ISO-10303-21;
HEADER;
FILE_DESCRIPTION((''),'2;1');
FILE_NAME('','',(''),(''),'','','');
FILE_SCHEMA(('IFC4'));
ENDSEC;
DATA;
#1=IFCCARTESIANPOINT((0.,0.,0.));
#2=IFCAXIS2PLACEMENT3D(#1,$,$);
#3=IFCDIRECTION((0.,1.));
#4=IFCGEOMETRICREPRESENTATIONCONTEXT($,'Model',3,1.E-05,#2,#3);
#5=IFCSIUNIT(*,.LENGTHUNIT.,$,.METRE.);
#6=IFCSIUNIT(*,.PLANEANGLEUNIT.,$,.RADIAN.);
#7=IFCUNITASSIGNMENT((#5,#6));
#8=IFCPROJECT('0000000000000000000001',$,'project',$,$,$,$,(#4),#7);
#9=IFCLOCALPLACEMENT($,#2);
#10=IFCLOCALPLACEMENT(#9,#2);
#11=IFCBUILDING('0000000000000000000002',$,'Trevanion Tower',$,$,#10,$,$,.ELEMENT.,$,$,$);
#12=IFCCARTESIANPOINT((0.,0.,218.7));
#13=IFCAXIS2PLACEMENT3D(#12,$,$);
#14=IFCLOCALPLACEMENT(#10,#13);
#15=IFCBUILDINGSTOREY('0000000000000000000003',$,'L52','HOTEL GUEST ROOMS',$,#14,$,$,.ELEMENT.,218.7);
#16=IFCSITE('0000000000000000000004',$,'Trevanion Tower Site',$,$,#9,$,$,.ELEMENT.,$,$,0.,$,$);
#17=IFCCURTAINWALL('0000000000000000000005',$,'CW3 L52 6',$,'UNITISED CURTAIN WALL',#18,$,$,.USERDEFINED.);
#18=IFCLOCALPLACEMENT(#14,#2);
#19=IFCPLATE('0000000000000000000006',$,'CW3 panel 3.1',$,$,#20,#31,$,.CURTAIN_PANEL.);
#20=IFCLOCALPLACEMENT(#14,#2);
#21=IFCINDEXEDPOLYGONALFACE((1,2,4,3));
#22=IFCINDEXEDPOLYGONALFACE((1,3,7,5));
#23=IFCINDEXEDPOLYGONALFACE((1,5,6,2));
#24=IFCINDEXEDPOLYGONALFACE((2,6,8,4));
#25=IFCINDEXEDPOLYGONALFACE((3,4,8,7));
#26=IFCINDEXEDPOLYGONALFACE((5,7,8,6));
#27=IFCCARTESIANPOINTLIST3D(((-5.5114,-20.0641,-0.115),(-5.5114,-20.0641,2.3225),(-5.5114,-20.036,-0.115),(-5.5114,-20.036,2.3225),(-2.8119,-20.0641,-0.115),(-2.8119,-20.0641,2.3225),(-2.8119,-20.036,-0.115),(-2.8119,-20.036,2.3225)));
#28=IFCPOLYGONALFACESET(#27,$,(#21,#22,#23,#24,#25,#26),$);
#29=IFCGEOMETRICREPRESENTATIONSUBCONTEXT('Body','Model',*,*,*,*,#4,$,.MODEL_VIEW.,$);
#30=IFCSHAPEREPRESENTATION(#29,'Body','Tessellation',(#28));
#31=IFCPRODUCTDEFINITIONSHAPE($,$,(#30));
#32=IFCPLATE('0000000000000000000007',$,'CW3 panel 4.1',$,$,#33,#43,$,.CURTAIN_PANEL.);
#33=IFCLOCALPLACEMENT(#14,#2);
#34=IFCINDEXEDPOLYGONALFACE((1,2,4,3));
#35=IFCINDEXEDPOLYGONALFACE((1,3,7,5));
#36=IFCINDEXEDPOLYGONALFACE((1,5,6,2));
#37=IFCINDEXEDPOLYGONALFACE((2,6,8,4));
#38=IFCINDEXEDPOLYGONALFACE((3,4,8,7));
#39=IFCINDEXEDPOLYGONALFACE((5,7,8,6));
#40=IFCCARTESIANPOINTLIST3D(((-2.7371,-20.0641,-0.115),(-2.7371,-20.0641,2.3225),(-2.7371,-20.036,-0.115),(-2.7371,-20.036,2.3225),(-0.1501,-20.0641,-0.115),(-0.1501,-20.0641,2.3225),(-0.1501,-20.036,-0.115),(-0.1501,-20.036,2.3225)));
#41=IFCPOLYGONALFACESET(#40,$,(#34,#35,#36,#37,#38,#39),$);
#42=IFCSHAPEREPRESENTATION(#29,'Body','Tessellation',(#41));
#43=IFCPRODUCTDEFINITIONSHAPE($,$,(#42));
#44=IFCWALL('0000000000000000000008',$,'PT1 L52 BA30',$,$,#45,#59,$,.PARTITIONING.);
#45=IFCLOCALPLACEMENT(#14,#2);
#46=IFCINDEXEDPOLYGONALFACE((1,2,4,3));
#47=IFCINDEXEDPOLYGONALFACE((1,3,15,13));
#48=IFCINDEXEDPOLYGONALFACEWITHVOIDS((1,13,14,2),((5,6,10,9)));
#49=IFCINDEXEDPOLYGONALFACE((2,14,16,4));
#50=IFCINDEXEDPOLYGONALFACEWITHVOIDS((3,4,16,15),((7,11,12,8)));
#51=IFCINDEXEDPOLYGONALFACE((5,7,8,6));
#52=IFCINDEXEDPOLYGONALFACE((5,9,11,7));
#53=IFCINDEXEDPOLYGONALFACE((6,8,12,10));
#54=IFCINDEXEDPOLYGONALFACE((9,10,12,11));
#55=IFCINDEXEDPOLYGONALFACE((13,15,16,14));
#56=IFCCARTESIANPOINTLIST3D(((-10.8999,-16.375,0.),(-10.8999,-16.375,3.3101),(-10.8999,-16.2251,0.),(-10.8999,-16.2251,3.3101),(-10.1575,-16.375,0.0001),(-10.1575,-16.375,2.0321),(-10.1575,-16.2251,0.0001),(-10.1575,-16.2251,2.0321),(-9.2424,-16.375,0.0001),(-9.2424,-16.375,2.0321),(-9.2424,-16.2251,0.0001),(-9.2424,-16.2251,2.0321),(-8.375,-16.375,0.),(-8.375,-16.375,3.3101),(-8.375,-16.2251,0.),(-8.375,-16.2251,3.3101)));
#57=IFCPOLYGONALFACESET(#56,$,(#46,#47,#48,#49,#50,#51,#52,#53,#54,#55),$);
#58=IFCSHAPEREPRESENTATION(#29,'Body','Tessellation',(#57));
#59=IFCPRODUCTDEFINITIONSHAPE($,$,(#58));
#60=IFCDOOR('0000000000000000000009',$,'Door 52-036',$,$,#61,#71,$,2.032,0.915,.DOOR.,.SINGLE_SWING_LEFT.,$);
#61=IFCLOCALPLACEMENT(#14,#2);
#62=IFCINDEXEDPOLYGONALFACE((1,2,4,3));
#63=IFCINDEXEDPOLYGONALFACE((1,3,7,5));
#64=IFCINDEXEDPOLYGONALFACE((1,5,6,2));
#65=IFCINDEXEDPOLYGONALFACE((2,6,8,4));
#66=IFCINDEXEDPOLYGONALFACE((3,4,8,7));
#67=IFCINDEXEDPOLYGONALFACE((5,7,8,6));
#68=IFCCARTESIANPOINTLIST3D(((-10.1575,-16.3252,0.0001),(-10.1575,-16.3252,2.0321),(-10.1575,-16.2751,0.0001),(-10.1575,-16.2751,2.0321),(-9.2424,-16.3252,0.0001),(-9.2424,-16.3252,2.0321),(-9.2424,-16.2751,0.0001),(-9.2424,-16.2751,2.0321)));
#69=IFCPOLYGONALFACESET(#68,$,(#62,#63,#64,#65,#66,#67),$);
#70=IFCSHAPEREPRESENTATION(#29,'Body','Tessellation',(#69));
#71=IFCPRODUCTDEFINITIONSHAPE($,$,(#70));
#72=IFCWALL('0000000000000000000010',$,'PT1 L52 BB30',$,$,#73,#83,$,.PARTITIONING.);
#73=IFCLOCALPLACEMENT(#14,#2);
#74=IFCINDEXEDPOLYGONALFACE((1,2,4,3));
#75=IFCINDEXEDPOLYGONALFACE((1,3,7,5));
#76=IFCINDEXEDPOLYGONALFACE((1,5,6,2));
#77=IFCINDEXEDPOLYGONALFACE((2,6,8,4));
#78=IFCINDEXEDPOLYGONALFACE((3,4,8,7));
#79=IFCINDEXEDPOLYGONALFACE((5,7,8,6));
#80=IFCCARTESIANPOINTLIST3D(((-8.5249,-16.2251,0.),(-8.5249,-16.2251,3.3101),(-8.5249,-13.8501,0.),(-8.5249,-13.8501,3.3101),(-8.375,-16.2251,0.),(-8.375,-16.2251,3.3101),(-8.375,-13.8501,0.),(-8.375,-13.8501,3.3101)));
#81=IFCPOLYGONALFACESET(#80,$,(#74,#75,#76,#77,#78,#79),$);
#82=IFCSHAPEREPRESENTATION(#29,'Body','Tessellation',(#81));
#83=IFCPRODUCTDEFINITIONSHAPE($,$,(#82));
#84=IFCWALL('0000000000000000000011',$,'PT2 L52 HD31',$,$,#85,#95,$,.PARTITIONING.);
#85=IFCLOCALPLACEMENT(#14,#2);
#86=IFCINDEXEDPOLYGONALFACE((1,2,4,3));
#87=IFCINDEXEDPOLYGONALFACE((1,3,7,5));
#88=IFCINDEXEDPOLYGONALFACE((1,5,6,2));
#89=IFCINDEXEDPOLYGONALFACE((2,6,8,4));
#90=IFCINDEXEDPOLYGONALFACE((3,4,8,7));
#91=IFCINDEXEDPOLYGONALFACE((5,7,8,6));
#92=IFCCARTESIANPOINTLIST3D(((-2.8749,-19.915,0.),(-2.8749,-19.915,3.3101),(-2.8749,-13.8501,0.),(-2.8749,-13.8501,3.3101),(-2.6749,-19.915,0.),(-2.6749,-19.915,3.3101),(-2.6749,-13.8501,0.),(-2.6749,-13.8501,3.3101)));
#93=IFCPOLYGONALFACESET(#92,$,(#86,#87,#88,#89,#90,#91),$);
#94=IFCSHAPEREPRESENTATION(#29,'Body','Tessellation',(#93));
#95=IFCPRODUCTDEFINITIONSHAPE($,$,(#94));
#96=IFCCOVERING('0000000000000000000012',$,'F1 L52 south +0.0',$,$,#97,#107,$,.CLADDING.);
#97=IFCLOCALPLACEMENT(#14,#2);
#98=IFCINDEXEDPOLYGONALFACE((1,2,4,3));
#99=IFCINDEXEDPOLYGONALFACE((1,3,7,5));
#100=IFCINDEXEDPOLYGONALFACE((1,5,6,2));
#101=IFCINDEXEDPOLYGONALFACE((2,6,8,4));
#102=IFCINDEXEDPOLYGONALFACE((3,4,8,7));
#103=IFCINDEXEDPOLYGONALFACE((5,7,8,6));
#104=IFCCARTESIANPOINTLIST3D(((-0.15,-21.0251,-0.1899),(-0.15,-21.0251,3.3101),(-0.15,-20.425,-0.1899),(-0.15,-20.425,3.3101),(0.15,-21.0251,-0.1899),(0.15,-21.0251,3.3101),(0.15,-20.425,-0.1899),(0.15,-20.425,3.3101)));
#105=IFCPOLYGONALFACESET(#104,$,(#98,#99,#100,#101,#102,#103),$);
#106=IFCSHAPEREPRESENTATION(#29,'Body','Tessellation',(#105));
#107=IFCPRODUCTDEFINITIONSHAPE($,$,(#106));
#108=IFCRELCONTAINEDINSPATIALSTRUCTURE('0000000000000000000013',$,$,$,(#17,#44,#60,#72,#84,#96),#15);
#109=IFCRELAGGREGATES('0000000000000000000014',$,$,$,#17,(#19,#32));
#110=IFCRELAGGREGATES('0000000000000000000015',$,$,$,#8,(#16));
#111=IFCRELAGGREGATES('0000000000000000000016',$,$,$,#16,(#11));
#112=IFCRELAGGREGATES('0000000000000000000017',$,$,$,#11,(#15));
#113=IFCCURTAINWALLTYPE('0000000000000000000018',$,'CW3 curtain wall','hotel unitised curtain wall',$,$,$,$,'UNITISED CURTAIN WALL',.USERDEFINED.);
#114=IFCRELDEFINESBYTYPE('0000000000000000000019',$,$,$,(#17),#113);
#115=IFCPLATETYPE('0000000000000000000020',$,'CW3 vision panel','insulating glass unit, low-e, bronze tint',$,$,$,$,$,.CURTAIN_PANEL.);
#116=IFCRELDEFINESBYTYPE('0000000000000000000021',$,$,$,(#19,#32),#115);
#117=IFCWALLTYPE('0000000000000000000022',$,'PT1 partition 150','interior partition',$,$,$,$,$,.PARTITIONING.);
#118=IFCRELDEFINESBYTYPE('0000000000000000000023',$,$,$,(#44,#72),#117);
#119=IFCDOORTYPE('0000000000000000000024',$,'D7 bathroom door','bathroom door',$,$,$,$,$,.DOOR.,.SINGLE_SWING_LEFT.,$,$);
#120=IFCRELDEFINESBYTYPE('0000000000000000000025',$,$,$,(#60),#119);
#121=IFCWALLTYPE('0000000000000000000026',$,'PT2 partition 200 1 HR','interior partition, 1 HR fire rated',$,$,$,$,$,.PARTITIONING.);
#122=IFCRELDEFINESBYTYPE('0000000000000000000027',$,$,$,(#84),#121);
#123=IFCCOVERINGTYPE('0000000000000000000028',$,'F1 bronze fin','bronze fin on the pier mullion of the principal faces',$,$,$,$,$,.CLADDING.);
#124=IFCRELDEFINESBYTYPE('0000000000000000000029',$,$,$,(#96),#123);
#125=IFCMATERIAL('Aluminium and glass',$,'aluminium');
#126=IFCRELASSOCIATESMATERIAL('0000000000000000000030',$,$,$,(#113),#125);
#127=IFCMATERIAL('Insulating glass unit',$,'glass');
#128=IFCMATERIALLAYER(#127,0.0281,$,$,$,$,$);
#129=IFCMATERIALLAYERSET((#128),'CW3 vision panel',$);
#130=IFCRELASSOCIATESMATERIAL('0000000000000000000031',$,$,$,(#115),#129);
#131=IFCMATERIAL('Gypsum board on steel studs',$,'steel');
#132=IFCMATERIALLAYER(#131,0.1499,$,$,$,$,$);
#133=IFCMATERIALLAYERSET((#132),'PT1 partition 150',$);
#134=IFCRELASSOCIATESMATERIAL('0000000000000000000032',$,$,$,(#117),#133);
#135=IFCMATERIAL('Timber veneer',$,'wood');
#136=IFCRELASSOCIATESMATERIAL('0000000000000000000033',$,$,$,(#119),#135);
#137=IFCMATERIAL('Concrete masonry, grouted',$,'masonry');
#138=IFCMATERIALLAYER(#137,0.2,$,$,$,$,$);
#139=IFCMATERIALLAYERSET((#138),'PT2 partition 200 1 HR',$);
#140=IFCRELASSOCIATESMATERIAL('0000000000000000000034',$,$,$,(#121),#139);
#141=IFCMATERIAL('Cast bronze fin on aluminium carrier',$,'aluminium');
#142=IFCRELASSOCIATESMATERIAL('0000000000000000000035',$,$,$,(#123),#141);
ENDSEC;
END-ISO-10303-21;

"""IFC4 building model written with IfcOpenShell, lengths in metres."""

from ifc_helpers import new_model, si_unit, direction, frame, frame_2d, origin, origin_2d, place, context, subcontext, project, spatial, rectangle, extrude, material, layer, layer_set, type_object, element, fill, aggregate, save


model = new_model("IFC4")

# Units and contexts
model_context = context("Model", 3, precision=1e-05, world=origin(), true_north=direction((0.0, 1.0)))
body_context = subcontext(model_context, "Body", "Model", "MODEL_VIEW")
ifc_project = project(units=[si_unit("LENGTHUNIT", "METRE"), si_unit("PLANEANGLEUNIT", "RADIAN")], contexts=[model_context])

# Site, building, storey
site_placement = place(None, origin())
site = spatial("IfcSite", under=ifc_project, at=site_placement, Name="Trevanion Tower Site", CompositionType="ELEMENT", RefElevation=0.0)
building_placement = place(site_placement, origin())
building = spatial("IfcBuilding", under=site, at=building_placement, Name="Trevanion Tower", CompositionType="ELEMENT")
storey_placement = place(building_placement, frame((0.0, 0.0, 218.7)))
storey = spatial("IfcBuildingStorey", under=building, at=storey_placement, Name="L52", Description="HOTEL GUEST ROOMS", CompositionType="ELEMENT", Elevation=218.7)

# Curtain wall
ifc_material_1 = material(Name="Aluminium and glass", Category="aluminium")
curtain_wall_type = type_object("IfcCurtainWallType", Name="CW3 curtain wall", Description="hotel unitised curtain wall", ElementType="UNITISED CURTAIN WALL", PredefinedType="USERDEFINED", material=ifc_material_1)
curtain_wall_placement = place(storey_placement, origin())
curtain_wall = element("IfcCurtainWall", 1, at=curtain_wall_placement, inside=storey, type_object=curtain_wall_type, Name="CW3 L52 6", ObjectType="UNITISED CURTAIN WALL", PredefinedType="USERDEFINED")

# Plates
ifc_material_2 = material(Name="Insulating glass unit", Category="glass")
ifc_layer_1 = layer(ifc_material_2, 0.0281)
ifc_layer_set_1 = layer_set([ifc_layer_1], Name="CW3 vision panel")
plate_type_1 = type_object("IfcPlateType", Name="CW3 vision panel", Description="insulating glass unit, low-e, bronze tint", PredefinedType="CURTAIN_PANEL", material=ifc_layer_set_1)
plate_1_placement = place(storey_placement, frame((-4.1616, -20.05, -0.115), z_axis=(0.0, 0.0, 1.0), x_axis=(1.0, 0.0, 0.0)))
plate_1 = element("IfcPlate", 2, at=plate_1_placement, type_object=plate_type_1, Name="CW3 panel 3.1", PredefinedType="CURTAIN_PANEL", context=body_context, shape_type="SweptSolid", body=[
    extrude(rectangle(XDim=2.6995, YDim=0.0281, at=origin_2d()), origin(), (0.0, 0.0, 1.0), 2.4375),
])
plate_2_placement = place(storey_placement, frame((-1.4436, -20.05, -0.115), z_axis=(0.0, 0.0, 1.0), x_axis=(1.0, 0.0, 0.0)))
plate_2 = element("IfcPlate", 3, at=plate_2_placement, type_object=plate_type_1, Name="CW3 panel 4.1", PredefinedType="CURTAIN_PANEL", context=body_context, shape_type="SweptSolid", body=[
    extrude(rectangle(XDim=2.5869, YDim=0.0281, at=origin_2d()), origin(), (0.0, 0.0, 1.0), 2.4375),
])
aggregate(curtain_wall, [plate_1, plate_2])

# Wall, opening, door
ifc_material_3 = material(Name="Gypsum board on steel studs", Category="steel")
ifc_layer_2 = layer(ifc_material_3, 0.1499)
ifc_layer_set_2 = layer_set([ifc_layer_2], Name="PT1 partition 150")
wall_type_1 = type_object("IfcWallType", Name="PT1 partition 150", Description="interior partition", PredefinedType="PARTITIONING", material=ifc_layer_set_2)
wall_1_placement = place(storey_placement, frame((-10.8999, -16.3, 0.0), z_axis=(0.0, 0.0, 1.0), x_axis=(1.0, 0.0, 0.0)))
wall_1 = element("IfcWall", 4, at=wall_1_placement, inside=storey, type_object=wall_type_1, Name="PT1 L52 BA30", PredefinedType="PARTITIONING", context=body_context, shape_type="SweptSolid", body=[
    extrude(rectangle(XDim=2.5249, YDim=0.1499, at=frame_2d((1.2625, 0.0))), origin(), (0.0, 0.0, 1.0), 3.3101),
])
opening_placement = place(wall_1_placement, frame((0.7424, 0.0, 0.0)))
opening = element("IfcOpeningElement", 5, at=opening_placement, cuts=wall_1, PredefinedType="OPENING", context=body_context, shape_type="SweptSolid", body=[
    extrude(rectangle(XDim=0.915, YDim=2.032, at=frame_2d((0.4575, 1.0161))), frame((0.0, 0.085, 0.0), z_axis=(0.0, -1.0, 0.0), x_axis=(1.0, 0.0, 0.0)), (0.0, 0.0, 1.0), 0.1699),
])
ifc_material_4 = material(Name="Timber veneer", Category="wood")
door_type = type_object("IfcDoorType", Name="D7 bathroom door", Description="bathroom door", OperationType="SINGLE_SWING_LEFT", PredefinedType="DOOR", material=ifc_material_4)
door_placement = place(opening_placement, origin())
door = element("IfcDoor", 6, at=door_placement, inside=storey, type_object=door_type, Name="Door 52-036", OperationType="SINGLE_SWING_LEFT", OverallHeight=2.032, OverallWidth=0.915, PredefinedType="DOOR", context=body_context, shape_type="SweptSolid", body=[
    extrude(rectangle(XDim=0.915, YDim=2.032, at=frame_2d((0.4575, 1.0161))), frame((0.0, 0.0249, 0.0), z_axis=(0.0, -1.0, 0.0), x_axis=(1.0, 0.0, 0.0)), (0.0, 0.0, 1.0), 0.05),
])
fill(opening, door)

# Walls
wall_2_placement = place(storey_placement, frame((-8.45, -13.8501, 0.0), z_axis=(0.0, 0.0, 1.0), x_axis=(0.0, -1.0, 0.0)))
element("IfcWall", 7, at=wall_2_placement, inside=storey, type_object=wall_type_1, Name="PT1 L52 BB30", PredefinedType="PARTITIONING", context=body_context, shape_type="SweptSolid", body=[
    extrude(rectangle(XDim=2.375, YDim=0.1499, at=frame_2d((1.1875, 0.0))), origin(), (0.0, 0.0, 1.0), 3.3101),
])
ifc_material_5 = material(Name="Concrete masonry, grouted", Category="masonry")
ifc_layer_3 = layer(ifc_material_5, 0.2)
ifc_layer_set_3 = layer_set([ifc_layer_3], Name="PT2 partition 200 1 HR")
wall_type_2 = type_object("IfcWallType", Name="PT2 partition 200 1 HR", Description="interior partition, 1 HR fire rated", PredefinedType="PARTITIONING", material=ifc_layer_set_3)
wall_3_placement = place(storey_placement, frame((-2.7749, -13.8501, 0.0), z_axis=(0.0, 0.0, 1.0), x_axis=(0.0, -1.0, 0.0)))
element("IfcWall", 8, at=wall_3_placement, inside=storey, type_object=wall_type_2, Name="PT2 L52 HD31", PredefinedType="PARTITIONING", context=body_context, shape_type="SweptSolid", body=[
    extrude(rectangle(XDim=6.0649, YDim=0.2, at=frame_2d((3.0325, 0.0))), origin(), (0.0, 0.0, 1.0), 3.3101),
])

# Covering
ifc_material_6 = material(Name="Cast bronze fin on aluminium carrier", Category="aluminium")
covering_type = type_object("IfcCoveringType", Name="F1 bronze fin", Description="bronze fin on the pier mullion of the principal faces", PredefinedType="CLADDING", material=ifc_material_6)
covering_placement = place(storey_placement, frame((0.0, -20.7251, -0.1899), z_axis=(0.0, 0.0, 1.0), x_axis=(1.0, 0.0, 0.0)))
element("IfcCovering", 9, at=covering_placement, inside=storey, type_object=covering_type, Name="F1 L52 south +0.0", PredefinedType="CLADDING", context=body_context, shape_type="SweptSolid", body=[
    extrude(rectangle(XDim=0.3, YDim=0.6001, at=origin_2d()), origin(), (0.0, 0.0, 1.0), 3.5),
])

save(model, "model.ifc")
